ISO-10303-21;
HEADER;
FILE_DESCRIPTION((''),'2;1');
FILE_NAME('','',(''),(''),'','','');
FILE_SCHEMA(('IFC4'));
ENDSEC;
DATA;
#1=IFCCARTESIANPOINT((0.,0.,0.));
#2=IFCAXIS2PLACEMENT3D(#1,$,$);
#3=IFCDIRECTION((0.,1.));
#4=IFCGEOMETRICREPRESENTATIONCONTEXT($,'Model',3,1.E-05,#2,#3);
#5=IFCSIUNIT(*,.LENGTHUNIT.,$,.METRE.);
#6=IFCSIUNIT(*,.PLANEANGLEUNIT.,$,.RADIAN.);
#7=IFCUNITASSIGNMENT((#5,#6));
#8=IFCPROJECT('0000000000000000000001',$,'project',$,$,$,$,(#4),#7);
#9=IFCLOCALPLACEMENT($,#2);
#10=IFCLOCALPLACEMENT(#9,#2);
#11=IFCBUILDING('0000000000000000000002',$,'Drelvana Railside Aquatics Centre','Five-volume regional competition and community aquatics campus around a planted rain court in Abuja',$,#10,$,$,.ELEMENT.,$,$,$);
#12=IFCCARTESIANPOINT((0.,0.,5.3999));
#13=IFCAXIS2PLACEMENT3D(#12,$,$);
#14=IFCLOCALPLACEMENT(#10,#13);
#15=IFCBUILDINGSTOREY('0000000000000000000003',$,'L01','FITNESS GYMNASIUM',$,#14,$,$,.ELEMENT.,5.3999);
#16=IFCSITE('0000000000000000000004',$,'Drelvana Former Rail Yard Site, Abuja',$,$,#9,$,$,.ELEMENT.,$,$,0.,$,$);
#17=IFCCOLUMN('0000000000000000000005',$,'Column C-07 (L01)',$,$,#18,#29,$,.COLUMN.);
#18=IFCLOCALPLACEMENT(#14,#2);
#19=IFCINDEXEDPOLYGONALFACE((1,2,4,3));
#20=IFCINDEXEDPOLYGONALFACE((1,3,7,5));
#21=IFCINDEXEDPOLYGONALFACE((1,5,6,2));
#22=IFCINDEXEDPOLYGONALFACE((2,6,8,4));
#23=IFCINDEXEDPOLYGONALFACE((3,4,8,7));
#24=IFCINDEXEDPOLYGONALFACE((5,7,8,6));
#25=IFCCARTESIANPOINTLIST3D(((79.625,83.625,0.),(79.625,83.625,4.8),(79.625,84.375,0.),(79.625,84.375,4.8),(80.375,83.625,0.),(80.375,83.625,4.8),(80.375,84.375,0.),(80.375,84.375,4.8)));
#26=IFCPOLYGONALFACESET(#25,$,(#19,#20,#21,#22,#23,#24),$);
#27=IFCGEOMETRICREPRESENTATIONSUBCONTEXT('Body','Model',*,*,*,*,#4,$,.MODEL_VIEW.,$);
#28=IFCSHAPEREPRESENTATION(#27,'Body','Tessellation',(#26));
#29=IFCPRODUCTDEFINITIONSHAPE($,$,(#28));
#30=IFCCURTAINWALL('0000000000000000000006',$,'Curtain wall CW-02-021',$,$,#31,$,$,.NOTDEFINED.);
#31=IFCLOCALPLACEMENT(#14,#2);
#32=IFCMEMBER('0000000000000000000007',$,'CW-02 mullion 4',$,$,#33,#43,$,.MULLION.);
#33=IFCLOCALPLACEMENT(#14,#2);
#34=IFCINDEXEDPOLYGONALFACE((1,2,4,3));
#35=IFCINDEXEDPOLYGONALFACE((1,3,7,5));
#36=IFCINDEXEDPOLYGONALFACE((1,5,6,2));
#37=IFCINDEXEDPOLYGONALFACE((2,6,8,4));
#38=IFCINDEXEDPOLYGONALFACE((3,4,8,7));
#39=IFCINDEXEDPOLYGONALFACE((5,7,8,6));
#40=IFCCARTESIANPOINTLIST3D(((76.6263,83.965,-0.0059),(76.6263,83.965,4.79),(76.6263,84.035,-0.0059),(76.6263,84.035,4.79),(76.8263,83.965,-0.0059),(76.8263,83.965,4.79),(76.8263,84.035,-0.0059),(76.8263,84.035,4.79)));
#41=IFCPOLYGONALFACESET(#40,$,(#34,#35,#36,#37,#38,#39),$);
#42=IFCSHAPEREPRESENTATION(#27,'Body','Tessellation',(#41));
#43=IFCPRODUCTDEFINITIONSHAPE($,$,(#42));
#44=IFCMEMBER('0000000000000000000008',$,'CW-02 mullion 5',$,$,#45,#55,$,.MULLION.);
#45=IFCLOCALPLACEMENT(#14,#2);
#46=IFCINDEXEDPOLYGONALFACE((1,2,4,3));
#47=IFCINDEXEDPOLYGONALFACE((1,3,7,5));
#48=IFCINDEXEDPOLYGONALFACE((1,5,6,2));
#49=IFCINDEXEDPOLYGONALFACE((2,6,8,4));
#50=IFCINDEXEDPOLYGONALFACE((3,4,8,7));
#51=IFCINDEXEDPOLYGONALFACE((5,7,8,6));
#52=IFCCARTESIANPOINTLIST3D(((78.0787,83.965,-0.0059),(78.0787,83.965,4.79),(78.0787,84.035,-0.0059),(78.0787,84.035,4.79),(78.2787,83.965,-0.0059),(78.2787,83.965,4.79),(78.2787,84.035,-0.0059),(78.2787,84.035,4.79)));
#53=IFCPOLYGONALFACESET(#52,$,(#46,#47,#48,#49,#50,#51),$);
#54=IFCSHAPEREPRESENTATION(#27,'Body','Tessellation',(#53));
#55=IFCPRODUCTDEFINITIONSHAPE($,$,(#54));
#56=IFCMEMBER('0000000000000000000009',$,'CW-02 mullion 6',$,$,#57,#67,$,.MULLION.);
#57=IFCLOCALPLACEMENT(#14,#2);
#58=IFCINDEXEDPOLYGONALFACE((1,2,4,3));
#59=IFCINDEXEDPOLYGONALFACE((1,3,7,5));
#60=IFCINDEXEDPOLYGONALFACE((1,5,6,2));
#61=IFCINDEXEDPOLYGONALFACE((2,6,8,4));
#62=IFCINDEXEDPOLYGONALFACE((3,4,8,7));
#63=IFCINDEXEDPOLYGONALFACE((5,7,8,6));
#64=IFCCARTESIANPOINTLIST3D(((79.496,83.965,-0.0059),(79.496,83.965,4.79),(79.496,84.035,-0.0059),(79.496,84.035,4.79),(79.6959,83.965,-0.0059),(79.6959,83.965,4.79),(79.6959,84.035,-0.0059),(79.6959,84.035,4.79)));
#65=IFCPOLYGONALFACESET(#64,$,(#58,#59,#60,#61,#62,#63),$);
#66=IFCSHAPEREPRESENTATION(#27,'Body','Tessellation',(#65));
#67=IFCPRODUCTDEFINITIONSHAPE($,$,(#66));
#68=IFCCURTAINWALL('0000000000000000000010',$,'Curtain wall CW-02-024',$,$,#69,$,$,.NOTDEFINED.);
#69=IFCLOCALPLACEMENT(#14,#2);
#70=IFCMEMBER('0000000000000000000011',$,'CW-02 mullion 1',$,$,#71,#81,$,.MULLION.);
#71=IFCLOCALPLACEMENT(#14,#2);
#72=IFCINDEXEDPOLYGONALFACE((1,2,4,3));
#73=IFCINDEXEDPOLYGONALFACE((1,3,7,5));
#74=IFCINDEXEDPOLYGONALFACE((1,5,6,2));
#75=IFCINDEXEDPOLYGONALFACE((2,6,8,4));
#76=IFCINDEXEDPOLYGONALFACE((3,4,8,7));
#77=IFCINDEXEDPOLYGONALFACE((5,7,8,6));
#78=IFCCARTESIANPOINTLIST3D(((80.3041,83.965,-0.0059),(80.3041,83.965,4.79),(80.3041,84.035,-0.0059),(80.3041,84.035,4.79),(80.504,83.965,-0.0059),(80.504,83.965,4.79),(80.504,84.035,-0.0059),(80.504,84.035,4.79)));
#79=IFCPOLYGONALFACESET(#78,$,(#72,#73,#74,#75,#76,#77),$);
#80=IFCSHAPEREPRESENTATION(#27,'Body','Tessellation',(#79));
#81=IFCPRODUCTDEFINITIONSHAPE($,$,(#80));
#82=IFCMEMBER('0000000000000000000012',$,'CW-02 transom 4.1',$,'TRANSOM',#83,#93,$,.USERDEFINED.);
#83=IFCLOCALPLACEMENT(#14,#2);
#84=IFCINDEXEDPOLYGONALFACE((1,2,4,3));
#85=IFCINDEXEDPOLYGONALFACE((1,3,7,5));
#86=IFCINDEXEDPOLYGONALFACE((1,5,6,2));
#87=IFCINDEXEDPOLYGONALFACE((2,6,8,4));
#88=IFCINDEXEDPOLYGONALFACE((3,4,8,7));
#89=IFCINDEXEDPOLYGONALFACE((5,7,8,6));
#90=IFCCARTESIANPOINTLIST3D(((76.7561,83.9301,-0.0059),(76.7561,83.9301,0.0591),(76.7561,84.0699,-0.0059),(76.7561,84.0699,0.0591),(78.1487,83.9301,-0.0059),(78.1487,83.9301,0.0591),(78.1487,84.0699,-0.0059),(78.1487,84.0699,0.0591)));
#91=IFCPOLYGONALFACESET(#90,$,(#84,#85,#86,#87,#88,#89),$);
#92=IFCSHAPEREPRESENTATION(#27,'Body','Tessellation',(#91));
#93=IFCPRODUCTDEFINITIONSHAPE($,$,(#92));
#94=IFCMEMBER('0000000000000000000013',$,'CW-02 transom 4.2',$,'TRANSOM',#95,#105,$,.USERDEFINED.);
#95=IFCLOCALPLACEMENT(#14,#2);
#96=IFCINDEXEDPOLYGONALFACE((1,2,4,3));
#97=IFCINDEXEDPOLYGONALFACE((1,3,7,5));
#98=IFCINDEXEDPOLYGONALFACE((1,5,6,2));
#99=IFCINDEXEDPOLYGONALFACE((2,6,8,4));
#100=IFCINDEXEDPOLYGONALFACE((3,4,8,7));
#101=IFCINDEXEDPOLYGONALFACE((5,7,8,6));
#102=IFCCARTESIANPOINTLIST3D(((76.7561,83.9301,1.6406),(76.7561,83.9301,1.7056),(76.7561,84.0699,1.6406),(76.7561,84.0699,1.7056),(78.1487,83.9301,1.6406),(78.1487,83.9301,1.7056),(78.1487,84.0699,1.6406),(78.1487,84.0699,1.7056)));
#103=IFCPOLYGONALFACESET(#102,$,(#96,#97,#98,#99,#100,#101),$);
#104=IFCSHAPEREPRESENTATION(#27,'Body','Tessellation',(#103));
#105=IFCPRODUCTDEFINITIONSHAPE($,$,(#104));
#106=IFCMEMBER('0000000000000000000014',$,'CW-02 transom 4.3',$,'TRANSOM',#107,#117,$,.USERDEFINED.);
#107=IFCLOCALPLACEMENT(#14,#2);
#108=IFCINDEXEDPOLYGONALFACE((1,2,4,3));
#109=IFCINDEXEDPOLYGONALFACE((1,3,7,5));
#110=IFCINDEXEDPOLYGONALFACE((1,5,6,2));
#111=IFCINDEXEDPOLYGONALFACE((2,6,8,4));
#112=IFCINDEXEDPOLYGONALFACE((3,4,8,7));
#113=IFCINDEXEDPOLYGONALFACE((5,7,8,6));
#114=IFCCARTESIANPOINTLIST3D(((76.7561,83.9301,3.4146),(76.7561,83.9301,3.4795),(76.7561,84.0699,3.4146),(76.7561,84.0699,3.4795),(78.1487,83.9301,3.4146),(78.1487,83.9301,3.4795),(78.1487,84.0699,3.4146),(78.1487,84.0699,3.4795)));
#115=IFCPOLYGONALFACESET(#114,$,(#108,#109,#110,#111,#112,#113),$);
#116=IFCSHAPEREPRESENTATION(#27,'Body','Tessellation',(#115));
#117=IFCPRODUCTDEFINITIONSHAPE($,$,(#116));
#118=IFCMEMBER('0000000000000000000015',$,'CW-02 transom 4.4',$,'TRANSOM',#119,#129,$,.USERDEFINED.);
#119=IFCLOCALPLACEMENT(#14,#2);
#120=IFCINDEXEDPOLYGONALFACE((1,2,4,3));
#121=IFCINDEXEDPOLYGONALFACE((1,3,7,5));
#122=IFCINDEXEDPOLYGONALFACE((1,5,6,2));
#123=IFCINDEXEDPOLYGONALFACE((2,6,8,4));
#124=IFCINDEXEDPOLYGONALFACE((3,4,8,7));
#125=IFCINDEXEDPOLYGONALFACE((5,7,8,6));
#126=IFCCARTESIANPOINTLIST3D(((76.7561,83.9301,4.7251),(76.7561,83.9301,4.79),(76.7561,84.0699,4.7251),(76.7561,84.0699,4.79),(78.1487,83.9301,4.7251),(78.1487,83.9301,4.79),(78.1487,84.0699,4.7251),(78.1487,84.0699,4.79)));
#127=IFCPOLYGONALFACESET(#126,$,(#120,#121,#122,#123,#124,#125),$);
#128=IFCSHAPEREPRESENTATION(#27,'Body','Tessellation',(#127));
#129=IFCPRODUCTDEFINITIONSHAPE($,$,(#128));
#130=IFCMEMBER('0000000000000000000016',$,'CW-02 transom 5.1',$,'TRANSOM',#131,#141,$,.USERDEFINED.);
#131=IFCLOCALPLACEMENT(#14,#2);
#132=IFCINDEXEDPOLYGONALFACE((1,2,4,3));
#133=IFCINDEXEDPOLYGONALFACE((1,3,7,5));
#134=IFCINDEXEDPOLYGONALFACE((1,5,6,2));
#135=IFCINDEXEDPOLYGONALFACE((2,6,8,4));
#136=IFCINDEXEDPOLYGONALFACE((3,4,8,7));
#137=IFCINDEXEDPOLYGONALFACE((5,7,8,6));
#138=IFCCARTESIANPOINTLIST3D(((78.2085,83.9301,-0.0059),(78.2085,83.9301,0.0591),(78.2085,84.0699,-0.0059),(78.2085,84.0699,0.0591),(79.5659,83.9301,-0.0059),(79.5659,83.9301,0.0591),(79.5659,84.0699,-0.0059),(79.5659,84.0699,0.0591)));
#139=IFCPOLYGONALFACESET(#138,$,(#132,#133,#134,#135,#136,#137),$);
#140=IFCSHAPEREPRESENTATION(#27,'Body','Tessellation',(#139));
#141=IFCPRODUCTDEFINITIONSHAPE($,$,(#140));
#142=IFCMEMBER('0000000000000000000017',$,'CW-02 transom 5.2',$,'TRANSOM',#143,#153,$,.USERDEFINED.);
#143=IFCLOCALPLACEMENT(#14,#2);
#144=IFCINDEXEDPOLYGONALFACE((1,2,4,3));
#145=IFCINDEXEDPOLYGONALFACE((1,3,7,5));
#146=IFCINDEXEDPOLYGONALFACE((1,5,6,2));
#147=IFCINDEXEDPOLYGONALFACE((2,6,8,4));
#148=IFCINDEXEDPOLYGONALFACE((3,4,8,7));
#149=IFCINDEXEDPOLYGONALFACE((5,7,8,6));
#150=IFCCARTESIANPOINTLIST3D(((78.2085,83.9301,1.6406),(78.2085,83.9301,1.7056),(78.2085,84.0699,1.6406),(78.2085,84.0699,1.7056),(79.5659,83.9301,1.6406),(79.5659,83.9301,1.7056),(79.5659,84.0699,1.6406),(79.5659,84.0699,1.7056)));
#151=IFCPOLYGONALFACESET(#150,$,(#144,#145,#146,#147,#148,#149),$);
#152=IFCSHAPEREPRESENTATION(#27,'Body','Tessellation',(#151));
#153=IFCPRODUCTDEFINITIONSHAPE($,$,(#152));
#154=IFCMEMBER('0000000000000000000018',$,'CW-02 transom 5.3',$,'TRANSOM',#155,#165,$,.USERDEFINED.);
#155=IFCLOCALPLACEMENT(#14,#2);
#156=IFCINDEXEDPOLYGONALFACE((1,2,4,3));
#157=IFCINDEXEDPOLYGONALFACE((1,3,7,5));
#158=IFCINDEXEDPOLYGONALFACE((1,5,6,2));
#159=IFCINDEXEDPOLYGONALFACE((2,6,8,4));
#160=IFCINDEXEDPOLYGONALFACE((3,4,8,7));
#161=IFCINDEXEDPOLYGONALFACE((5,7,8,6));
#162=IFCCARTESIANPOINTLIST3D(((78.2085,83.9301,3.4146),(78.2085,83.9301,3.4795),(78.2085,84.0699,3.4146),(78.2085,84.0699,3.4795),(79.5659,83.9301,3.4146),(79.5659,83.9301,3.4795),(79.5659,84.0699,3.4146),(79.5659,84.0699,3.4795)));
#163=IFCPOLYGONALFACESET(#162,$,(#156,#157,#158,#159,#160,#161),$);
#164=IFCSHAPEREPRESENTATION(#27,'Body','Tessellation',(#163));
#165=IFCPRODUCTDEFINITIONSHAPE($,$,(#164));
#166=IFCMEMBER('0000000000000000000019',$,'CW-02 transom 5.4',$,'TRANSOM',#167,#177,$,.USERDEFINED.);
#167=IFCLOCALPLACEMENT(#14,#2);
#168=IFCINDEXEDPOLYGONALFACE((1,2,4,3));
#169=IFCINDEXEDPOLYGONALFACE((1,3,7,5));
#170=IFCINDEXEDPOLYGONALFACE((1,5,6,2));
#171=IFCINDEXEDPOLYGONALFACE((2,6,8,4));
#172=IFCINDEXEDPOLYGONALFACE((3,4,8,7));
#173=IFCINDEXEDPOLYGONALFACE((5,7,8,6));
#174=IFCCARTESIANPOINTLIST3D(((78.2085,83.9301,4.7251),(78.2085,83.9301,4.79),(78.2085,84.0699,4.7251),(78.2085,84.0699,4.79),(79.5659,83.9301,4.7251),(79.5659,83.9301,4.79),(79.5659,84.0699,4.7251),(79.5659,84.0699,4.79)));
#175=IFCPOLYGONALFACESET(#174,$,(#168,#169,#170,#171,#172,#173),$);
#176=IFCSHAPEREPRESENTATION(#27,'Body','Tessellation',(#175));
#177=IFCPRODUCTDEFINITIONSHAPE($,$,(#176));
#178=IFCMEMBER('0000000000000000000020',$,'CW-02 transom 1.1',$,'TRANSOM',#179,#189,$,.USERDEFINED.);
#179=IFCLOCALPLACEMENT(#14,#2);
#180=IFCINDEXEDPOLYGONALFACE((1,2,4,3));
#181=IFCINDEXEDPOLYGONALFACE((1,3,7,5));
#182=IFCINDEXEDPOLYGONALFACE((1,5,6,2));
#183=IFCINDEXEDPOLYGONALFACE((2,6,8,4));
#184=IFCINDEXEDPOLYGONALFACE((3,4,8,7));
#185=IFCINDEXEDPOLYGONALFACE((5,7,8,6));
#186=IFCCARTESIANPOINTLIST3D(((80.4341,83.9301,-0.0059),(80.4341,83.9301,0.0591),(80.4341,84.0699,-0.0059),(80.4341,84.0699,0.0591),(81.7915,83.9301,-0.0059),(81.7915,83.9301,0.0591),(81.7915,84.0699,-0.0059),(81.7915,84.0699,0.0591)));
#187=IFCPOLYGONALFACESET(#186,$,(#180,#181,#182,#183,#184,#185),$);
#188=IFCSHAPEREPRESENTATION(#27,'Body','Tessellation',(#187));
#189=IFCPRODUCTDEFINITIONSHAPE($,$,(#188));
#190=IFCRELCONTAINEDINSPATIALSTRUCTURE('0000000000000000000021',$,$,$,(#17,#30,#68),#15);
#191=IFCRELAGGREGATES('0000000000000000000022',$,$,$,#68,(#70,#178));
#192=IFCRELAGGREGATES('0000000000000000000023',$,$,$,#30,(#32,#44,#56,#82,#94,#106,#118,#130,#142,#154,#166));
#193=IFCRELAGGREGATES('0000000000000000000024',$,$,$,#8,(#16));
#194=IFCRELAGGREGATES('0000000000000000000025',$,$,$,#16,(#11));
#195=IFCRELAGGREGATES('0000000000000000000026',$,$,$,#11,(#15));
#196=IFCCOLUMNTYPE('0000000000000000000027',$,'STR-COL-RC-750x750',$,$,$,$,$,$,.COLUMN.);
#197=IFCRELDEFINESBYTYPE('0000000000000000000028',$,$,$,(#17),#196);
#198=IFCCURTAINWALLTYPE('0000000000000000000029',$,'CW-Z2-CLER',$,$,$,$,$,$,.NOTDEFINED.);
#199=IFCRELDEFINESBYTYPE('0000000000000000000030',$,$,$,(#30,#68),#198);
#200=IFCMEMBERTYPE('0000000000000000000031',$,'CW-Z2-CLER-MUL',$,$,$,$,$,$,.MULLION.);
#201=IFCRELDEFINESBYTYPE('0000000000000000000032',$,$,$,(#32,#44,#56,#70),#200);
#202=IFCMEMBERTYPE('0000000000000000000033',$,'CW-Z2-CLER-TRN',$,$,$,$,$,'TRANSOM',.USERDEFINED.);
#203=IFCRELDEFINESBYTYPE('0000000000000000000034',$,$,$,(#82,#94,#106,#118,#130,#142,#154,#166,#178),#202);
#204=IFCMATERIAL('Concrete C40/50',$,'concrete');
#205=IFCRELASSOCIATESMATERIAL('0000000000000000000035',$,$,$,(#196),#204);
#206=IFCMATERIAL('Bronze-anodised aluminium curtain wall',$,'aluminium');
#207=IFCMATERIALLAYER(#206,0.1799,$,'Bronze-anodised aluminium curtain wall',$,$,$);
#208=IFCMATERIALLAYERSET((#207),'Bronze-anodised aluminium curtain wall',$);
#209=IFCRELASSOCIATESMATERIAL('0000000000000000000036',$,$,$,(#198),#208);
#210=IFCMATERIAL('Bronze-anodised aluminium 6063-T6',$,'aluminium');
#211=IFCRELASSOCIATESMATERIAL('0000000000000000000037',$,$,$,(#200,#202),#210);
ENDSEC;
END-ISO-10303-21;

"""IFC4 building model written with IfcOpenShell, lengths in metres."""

from ifc_helpers import new_model, si_unit, direction, frame, origin, origin_2d, place, context, subcontext, project, spatial, rectangle, extrude, material, layer, layer_set, material_profile, profile_set, type_object, element, aggregate, save


model = new_model("IFC4")

# Units and contexts
model_context = context("Model", 3, precision=1e-05, world=origin(), true_north=direction((0.0, 1.0)))
body_context = subcontext(model_context, "Body", "Model", "MODEL_VIEW")
ifc_project = project(units=[si_unit("LENGTHUNIT", "METRE"), si_unit("PLANEANGLEUNIT", "RADIAN")], contexts=[model_context])

# Site, building, storey
site_placement = place(None, origin())
site = spatial("IfcSite", under=ifc_project, at=site_placement, Name="Drelvana Former Rail Yard Site, Abuja", CompositionType="ELEMENT", RefElevation=0.0)
building_placement = place(site_placement, origin())
building = spatial("IfcBuilding", under=site, at=building_placement, Name="Drelvana Railside Aquatics Centre", Description="Five-volume regional competition and community aquatics campus around a planted rain court in Abuja", CompositionType="ELEMENT")
storey_placement = place(building_placement, frame((0.0, 0.0, 5.3999)))
storey = spatial("IfcBuildingStorey", under=building, at=storey_placement, Name="L01", Description="FITNESS GYMNASIUM", CompositionType="ELEMENT", Elevation=5.3999)

# Column
ifc_material_1 = material(Name="Concrete C40/50", Category="concrete")
ifc_material_profile_1 = material_profile(ifc_material_1, rectangle(XDim=0.75, YDim=0.75, at=origin_2d()), Name="RC 750x750")
ifc_profile_set_1 = profile_set([ifc_material_profile_1], Name="Concrete C40/50")
column_type = type_object("IfcColumnType", Name="STR-COL-RC-750x750", PredefinedType="COLUMN", material=ifc_profile_set_1)
column_placement = place(storey_placement, frame((80.0, 84.0, 0.0), z_axis=(0.0, 0.0, 1.0), x_axis=(1.0, 0.0, 0.0)))
element("IfcColumn", 1, at=column_placement, inside=storey, type_object=column_type, Name="Column C-07 (L01)", PredefinedType="COLUMN", context=body_context, shape_type="SweptSolid", body=[
    extrude(rectangle(XDim=0.75, YDim=0.75, at=origin_2d()), origin(), (0.0, 0.0, 1.0), 4.8),
])

# Curtain wall, members
ifc_material_2 = material(Name="Bronze-anodised aluminium curtain wall", Category="aluminium")
ifc_layer_1 = layer(ifc_material_2, 0.1799, Name="Bronze-anodised aluminium curtain wall")
ifc_layer_set_1 = layer_set([ifc_layer_1], Name="Bronze-anodised aluminium curtain wall")
curtain_wall_type = type_object("IfcCurtainWallType", Name="CW-Z2-CLER", PredefinedType="NOTDEFINED", material=ifc_layer_set_1)
curtain_wall_1_placement = place(storey_placement, origin())
curtain_wall_1 = element("IfcCurtainWall", 2, at=curtain_wall_1_placement, inside=storey, type_object=curtain_wall_type, Name="Curtain wall CW-02-021", PredefinedType="NOTDEFINED")
ifc_material_3 = material(Name="Bronze-anodised aluminium 6063-T6", Category="aluminium")
ifc_material_profile_2 = material_profile(ifc_material_3, rectangle(XDim=0.0701, YDim=0.2, at=origin_2d()), Name="ALU-M 70x200")
ifc_profile_set_2 = profile_set([ifc_material_profile_2], Name="Bronze-anodised aluminium 6063-T6")
member_type_1 = type_object("IfcMemberType", Name="CW-Z2-CLER-MUL", PredefinedType="MULLION", material=ifc_profile_set_2)
member_1_placement = place(storey_placement, frame((76.7263, 84.0, -0.0059), z_axis=(0.0, 0.0, 1.0), x_axis=(0.0, 1.0, 0.0)))
member_1 = element("IfcMember", 3, at=member_1_placement, type_object=member_type_1, Name="CW-02 mullion 4", PredefinedType="MULLION", context=body_context, shape_type="SweptSolid", body=[
    extrude(rectangle(XDim=0.0701, YDim=0.2, at=origin_2d()), origin(), (0.0, 0.0, 1.0), 4.7959),
])
member_2_placement = place(storey_placement, frame((78.1787, 84.0, -0.0059), z_axis=(0.0, 0.0, 1.0), x_axis=(0.0, 1.0, 0.0)))
member_2 = element("IfcMember", 4, at=member_2_placement, type_object=member_type_1, Name="CW-02 mullion 5", PredefinedType="MULLION", context=body_context, shape_type="SweptSolid", body=[
    extrude(rectangle(XDim=0.0701, YDim=0.2, at=origin_2d()), origin(), (0.0, 0.0, 1.0), 4.7959),
])
member_3_placement = place(storey_placement, frame((79.5959, 84.0, -0.0059), z_axis=(0.0, 0.0, 1.0), x_axis=(0.0, 1.0, 0.0)))
member_3 = element("IfcMember", 5, at=member_3_placement, type_object=member_type_1, Name="CW-02 mullion 6", PredefinedType="MULLION", context=body_context, shape_type="SweptSolid", body=[
    extrude(rectangle(XDim=0.0701, YDim=0.2, at=origin_2d()), origin(), (0.0, 0.0, 1.0), 4.7959),
])

# Curtain wall, member
curtain_wall_2_placement = place(storey_placement, origin())
curtain_wall_2 = element("IfcCurtainWall", 6, at=curtain_wall_2_placement, inside=storey, type_object=curtain_wall_type, Name="Curtain wall CW-02-024", PredefinedType="NOTDEFINED")
member_4_placement = place(storey_placement, frame((80.4041, 84.0, -0.0059), z_axis=(0.0, 0.0, 1.0), x_axis=(0.0, 1.0, 0.0)))
member_4 = element("IfcMember", 7, at=member_4_placement, type_object=member_type_1, Name="CW-02 mullion 1", PredefinedType="MULLION", context=body_context, shape_type="SweptSolid", body=[
    extrude(rectangle(XDim=0.0701, YDim=0.2, at=origin_2d()), origin(), (0.0, 0.0, 1.0), 4.7959),
])

# Members
ifc_material_profile_3 = material_profile(ifc_material_3, rectangle(XDim=0.1399, YDim=0.0649, at=origin_2d()), Name="ALU-T 65x140")
ifc_profile_set_3 = profile_set([ifc_material_profile_3], Name="Bronze-anodised aluminium 6063-T6")
member_type_2 = type_object("IfcMemberType", Name="CW-Z2-CLER-TRN", ElementType="TRANSOM", PredefinedType="USERDEFINED", material=ifc_profile_set_3)
member_5_placement = place(storey_placement, frame((76.7561, 84.0, 0.0266), z_axis=(1.0, 0.0, 0.0), x_axis=(0.0, 1.0, 0.0)))
member_5 = element("IfcMember", 8, at=member_5_placement, type_object=member_type_2, Name="CW-02 transom 4.1", ObjectType="TRANSOM", PredefinedType="USERDEFINED", context=body_context, shape_type="SweptSolid", body=[
    extrude(rectangle(XDim=0.1399, YDim=0.0649, at=origin_2d()), origin(), (0.0, 0.0, 1.0), 1.3926),
])
member_6_placement = place(storey_placement, frame((76.7561, 84.0, 1.6731), z_axis=(1.0, 0.0, 0.0), x_axis=(0.0, 1.0, 0.0)))
member_6 = element("IfcMember", 9, at=member_6_placement, type_object=member_type_2, Name="CW-02 transom 4.2", ObjectType="TRANSOM", PredefinedType="USERDEFINED", context=body_context, shape_type="SweptSolid", body=[
    extrude(rectangle(XDim=0.1399, YDim=0.0649, at=origin_2d()), origin(), (0.0, 0.0, 1.0), 1.3926),
])
member_7_placement = place(storey_placement, frame((76.7561, 84.0, 3.447), z_axis=(1.0, 0.0, 0.0), x_axis=(0.0, 1.0, 0.0)))
member_7 = element("IfcMember", 10, at=member_7_placement, type_object=member_type_2, Name="CW-02 transom 4.3", ObjectType="TRANSOM", PredefinedType="USERDEFINED", context=body_context, shape_type="SweptSolid", body=[
    extrude(rectangle(XDim=0.1399, YDim=0.0649, at=origin_2d()), origin(), (0.0, 0.0, 1.0), 1.3926),
])
member_8_placement = place(storey_placement, frame((76.7561, 84.0, 4.7576), z_axis=(1.0, 0.0, 0.0), x_axis=(0.0, 1.0, 0.0)))
member_8 = element("IfcMember", 11, at=member_8_placement, type_object=member_type_2, Name="CW-02 transom 4.4", ObjectType="TRANSOM", PredefinedType="USERDEFINED", context=body_context, shape_type="SweptSolid", body=[
    extrude(rectangle(XDim=0.1399, YDim=0.0649, at=origin_2d()), origin(), (0.0, 0.0, 1.0), 1.3926),
])
member_9_placement = place(storey_placement, frame((78.2085, 84.0, 0.0266), z_axis=(1.0, 0.0, 0.0), x_axis=(0.0, 1.0, 0.0)))
member_9 = element("IfcMember", 12, at=member_9_placement, type_object=member_type_2, Name="CW-02 transom 5.1", ObjectType="TRANSOM", PredefinedType="USERDEFINED", context=body_context, shape_type="SweptSolid", body=[
    extrude(rectangle(XDim=0.1399, YDim=0.0649, at=origin_2d()), origin(), (0.0, 0.0, 1.0), 1.3574),
])
member_10_placement = place(storey_placement, frame((78.2085, 84.0, 1.6731), z_axis=(1.0, 0.0, 0.0), x_axis=(0.0, 1.0, 0.0)))
member_10 = element("IfcMember", 13, at=member_10_placement, type_object=member_type_2, Name="CW-02 transom 5.2", ObjectType="TRANSOM", PredefinedType="USERDEFINED", context=body_context, shape_type="SweptSolid", body=[
    extrude(rectangle(XDim=0.1399, YDim=0.0649, at=origin_2d()), origin(), (0.0, 0.0, 1.0), 1.3574),
])
member_11_placement = place(storey_placement, frame((78.2085, 84.0, 3.447), z_axis=(1.0, 0.0, 0.0), x_axis=(0.0, 1.0, 0.0)))
member_11 = element("IfcMember", 14, at=member_11_placement, type_object=member_type_2, Name="CW-02 transom 5.3", ObjectType="TRANSOM", PredefinedType="USERDEFINED", context=body_context, shape_type="SweptSolid", body=[
    extrude(rectangle(XDim=0.1399, YDim=0.0649, at=origin_2d()), origin(), (0.0, 0.0, 1.0), 1.3574),
])
member_12_placement = place(storey_placement, frame((78.2085, 84.0, 4.7576), z_axis=(1.0, 0.0, 0.0), x_axis=(0.0, 1.0, 0.0)))
member_12 = element("IfcMember", 15, at=member_12_placement, type_object=member_type_2, Name="CW-02 transom 5.4", ObjectType="TRANSOM", PredefinedType="USERDEFINED", context=body_context, shape_type="SweptSolid", body=[
    extrude(rectangle(XDim=0.1399, YDim=0.0649, at=origin_2d()), origin(), (0.0, 0.0, 1.0), 1.3574),
])
member_13_placement = place(storey_placement, frame((80.4341, 84.0, 0.0266), z_axis=(1.0, 0.0, 0.0), x_axis=(0.0, 1.0, 0.0)))
member_13 = element("IfcMember", 16, at=member_13_placement, type_object=member_type_2, Name="CW-02 transom 1.1", ObjectType="TRANSOM", PredefinedType="USERDEFINED", context=body_context, shape_type="SweptSolid", body=[
    extrude(rectangle(XDim=0.1399, YDim=0.0649, at=origin_2d()), origin(), (0.0, 0.0, 1.0), 1.3574),
])
aggregate(curtain_wall_2, [member_4, member_13])

aggregate(curtain_wall_1, [member_1, member_2, member_3, member_5, member_6, member_7, member_8, member_9, member_10, member_11, member_12])

save(model, "model.ifc")
